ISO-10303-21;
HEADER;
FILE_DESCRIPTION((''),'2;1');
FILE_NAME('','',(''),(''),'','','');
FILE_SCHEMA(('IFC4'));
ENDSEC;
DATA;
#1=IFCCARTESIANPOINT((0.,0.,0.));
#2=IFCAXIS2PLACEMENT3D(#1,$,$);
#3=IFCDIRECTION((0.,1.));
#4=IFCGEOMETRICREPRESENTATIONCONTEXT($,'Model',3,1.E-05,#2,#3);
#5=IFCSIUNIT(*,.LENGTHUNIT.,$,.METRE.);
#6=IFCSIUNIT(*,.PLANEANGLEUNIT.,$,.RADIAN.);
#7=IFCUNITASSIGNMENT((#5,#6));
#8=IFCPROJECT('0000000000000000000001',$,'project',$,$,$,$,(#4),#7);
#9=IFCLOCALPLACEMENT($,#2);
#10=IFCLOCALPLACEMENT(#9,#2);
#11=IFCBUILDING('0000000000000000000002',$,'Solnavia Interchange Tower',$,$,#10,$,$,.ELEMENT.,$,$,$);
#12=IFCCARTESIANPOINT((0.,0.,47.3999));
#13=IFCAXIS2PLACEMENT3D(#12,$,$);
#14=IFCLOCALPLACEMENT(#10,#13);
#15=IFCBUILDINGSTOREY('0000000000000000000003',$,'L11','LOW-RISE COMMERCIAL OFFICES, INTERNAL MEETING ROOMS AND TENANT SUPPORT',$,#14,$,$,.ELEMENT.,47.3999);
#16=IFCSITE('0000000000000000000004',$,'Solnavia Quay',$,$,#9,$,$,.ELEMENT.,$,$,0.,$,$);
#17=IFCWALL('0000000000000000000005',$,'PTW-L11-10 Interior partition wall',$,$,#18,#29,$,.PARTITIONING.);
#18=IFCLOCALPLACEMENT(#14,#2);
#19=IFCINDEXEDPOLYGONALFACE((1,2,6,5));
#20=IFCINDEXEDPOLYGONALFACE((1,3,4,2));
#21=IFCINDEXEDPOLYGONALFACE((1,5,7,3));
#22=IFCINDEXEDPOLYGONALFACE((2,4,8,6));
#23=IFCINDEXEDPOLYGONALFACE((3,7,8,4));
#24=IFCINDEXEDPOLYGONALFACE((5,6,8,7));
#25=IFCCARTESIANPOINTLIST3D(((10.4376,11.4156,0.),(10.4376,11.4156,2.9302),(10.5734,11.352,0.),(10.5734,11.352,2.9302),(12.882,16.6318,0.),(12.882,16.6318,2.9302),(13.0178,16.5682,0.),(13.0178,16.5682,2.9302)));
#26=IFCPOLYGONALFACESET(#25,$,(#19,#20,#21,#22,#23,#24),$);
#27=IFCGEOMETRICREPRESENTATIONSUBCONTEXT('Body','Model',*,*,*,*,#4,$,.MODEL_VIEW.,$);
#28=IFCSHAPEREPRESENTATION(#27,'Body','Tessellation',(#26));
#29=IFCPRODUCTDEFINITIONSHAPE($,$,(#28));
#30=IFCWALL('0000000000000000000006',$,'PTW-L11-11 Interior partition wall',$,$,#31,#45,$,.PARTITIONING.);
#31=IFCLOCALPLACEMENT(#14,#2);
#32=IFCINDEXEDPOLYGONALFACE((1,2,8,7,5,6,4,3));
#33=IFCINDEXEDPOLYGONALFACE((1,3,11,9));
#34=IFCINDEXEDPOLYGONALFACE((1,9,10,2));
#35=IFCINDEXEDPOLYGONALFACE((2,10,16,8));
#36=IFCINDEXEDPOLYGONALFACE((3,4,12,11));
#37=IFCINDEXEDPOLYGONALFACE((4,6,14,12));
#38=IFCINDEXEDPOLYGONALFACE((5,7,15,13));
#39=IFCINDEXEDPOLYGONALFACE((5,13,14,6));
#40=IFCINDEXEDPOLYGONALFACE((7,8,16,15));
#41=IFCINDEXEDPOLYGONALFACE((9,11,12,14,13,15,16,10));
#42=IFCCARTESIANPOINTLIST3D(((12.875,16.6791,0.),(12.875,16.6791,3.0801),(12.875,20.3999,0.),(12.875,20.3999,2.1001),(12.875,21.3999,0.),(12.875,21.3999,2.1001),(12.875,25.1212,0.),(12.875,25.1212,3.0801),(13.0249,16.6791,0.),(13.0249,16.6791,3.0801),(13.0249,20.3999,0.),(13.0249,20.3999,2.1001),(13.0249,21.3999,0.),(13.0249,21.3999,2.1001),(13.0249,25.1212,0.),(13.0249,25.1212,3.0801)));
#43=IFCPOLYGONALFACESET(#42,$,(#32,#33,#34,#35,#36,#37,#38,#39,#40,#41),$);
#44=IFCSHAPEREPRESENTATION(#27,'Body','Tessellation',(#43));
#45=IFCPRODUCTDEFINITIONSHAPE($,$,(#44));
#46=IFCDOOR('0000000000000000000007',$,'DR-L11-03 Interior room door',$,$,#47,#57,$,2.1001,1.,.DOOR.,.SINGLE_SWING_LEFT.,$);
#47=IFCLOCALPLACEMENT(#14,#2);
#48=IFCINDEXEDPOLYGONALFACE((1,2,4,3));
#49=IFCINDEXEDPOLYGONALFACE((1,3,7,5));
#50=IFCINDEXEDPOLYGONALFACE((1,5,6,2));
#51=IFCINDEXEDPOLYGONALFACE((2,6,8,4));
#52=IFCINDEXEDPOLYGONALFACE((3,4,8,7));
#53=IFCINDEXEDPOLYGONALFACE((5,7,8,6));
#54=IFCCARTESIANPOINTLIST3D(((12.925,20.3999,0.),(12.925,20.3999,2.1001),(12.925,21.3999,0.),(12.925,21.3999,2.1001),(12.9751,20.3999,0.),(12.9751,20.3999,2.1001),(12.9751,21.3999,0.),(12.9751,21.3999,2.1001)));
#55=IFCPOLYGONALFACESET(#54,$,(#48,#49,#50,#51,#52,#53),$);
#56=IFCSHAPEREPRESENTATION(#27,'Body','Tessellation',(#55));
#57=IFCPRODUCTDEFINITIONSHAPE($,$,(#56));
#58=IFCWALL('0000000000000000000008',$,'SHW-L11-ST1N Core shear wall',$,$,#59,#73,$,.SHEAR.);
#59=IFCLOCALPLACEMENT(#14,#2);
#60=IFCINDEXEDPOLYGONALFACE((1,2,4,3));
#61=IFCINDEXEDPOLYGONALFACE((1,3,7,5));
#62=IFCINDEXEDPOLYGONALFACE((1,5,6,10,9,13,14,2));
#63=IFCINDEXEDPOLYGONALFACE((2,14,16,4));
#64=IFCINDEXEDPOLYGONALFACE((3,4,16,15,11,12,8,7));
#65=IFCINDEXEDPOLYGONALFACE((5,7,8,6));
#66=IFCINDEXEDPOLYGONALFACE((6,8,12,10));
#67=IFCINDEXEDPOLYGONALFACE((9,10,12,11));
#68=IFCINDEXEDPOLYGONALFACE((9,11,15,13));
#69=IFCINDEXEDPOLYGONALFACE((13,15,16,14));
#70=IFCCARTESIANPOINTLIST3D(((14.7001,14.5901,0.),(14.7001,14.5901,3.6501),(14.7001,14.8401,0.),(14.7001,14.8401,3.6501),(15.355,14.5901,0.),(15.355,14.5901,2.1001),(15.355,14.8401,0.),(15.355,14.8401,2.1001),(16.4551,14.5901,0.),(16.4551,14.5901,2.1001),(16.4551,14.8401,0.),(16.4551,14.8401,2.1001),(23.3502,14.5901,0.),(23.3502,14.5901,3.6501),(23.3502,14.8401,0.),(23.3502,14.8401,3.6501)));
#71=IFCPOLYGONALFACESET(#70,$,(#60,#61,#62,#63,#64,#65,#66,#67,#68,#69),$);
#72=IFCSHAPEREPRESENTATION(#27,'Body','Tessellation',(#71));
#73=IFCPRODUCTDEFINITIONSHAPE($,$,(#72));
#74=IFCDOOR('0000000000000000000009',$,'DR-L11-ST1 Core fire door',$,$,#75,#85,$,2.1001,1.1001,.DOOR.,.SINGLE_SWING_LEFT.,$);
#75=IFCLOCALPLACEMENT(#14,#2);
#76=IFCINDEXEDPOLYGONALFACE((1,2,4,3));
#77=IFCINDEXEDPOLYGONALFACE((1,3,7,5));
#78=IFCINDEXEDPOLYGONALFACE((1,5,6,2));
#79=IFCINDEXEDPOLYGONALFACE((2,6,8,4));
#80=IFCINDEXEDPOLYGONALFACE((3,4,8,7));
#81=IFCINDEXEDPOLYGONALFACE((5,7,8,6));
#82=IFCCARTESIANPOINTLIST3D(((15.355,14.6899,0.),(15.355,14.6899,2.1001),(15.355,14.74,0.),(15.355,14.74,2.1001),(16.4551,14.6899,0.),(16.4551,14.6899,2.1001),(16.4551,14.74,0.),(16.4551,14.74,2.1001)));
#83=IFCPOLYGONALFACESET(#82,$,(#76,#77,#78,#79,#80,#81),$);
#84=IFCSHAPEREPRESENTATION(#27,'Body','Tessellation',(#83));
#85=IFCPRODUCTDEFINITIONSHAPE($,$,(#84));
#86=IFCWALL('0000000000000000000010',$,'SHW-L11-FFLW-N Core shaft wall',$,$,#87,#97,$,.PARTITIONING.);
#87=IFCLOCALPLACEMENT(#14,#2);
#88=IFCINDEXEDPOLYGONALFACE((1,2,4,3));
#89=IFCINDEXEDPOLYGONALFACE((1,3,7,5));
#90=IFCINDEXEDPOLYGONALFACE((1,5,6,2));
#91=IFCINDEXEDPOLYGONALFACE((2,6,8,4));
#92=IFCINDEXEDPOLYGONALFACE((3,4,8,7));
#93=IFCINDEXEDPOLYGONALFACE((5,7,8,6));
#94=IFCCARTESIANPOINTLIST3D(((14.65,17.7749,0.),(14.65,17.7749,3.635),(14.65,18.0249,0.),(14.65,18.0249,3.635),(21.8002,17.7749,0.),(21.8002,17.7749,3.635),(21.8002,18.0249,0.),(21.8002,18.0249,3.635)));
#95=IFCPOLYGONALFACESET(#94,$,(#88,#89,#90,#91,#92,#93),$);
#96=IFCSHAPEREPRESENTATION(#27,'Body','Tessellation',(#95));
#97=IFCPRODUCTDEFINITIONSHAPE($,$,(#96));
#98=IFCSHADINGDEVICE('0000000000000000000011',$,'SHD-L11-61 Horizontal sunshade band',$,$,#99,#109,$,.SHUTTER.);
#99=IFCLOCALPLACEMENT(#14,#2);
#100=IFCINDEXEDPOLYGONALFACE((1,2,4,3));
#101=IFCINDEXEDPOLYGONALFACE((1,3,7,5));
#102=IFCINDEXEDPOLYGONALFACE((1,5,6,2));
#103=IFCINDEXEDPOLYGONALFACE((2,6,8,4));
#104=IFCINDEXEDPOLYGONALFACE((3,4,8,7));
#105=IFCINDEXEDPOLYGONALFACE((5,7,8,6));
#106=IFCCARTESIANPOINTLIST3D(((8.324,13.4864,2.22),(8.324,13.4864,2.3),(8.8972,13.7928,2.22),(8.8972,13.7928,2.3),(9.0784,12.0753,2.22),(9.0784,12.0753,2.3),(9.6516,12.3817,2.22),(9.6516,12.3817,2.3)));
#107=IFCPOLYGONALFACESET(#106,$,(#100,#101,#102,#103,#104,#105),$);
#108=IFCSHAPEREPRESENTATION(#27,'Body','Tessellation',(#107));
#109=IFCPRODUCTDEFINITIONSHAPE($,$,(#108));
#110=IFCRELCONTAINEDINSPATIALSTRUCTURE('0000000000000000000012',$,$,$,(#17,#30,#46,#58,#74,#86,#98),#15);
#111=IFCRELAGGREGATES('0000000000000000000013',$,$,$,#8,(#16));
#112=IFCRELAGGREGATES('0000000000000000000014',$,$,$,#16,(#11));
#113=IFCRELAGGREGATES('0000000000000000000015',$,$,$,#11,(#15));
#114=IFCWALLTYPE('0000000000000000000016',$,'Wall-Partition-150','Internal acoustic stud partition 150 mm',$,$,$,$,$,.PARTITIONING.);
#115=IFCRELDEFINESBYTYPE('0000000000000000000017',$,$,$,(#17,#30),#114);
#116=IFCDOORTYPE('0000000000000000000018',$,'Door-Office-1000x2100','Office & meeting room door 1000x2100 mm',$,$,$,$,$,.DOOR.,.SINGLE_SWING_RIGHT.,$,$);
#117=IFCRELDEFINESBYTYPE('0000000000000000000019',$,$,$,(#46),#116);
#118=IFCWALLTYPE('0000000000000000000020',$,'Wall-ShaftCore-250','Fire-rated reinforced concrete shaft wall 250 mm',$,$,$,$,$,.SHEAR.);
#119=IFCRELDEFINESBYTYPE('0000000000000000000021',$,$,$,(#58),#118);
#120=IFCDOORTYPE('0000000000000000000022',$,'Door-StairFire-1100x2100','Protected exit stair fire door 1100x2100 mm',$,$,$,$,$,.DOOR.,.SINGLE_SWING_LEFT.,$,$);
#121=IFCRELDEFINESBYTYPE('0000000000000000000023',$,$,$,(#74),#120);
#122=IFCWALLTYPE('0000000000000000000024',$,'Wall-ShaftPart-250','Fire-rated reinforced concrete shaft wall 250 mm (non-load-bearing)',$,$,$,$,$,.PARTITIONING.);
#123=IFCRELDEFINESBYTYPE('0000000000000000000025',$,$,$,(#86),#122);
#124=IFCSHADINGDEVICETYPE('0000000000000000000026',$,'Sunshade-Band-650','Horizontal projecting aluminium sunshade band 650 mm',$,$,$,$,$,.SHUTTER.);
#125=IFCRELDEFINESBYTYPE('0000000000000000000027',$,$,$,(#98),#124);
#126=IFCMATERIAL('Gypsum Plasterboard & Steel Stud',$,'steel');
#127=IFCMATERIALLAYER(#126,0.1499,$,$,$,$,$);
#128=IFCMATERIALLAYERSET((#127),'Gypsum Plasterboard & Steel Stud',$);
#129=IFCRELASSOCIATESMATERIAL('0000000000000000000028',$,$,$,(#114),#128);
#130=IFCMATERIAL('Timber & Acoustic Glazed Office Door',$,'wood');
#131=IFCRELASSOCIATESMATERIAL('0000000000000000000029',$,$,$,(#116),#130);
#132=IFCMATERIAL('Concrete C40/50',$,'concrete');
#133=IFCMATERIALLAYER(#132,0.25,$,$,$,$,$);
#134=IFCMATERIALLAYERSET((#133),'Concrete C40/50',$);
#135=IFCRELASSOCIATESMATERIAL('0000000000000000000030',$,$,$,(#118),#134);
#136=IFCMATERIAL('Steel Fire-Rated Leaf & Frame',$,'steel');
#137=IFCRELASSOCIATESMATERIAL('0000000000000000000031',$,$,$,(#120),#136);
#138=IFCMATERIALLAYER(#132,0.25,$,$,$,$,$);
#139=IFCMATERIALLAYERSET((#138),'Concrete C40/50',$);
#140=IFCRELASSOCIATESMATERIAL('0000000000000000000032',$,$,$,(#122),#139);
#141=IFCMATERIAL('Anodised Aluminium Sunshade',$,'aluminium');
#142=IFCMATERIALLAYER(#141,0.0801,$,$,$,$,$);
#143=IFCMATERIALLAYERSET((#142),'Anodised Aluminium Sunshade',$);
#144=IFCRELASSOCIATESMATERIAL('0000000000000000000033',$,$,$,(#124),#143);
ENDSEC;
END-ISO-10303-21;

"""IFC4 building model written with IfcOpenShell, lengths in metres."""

from ifc_helpers import new_model, si_unit, direction, frame, frame_2d, origin, origin_2d, place, context, subcontext, project, spatial, rectangle, extrude, material, layer, layer_set, type_object, element, fill, save


model = new_model("IFC4")

# Units and contexts
model_context = context("Model", 3, precision=1e-05, world=origin(), true_north=direction((0.0, 1.0)))
body_context = subcontext(model_context, "Body", "Model", "MODEL_VIEW")
ifc_project = project(units=[si_unit("LENGTHUNIT", "METRE"), si_unit("PLANEANGLEUNIT", "RADIAN")], contexts=[model_context])

# Site, building, storey
site_placement = place(None, origin())
site = spatial("IfcSite", under=ifc_project, at=site_placement, Name="Solnavia Quay", CompositionType="ELEMENT", RefElevation=0.0)
building_placement = place(site_placement, origin())
building = spatial("IfcBuilding", under=site, at=building_placement, Name="Solnavia Interchange Tower", CompositionType="ELEMENT")
storey_placement = place(building_placement, frame((0.0, 0.0, 47.3999)))
storey = spatial("IfcBuildingStorey", under=building, at=storey_placement, Name="L11", Description="LOW-RISE COMMERCIAL OFFICES, INTERNAL MEETING ROOMS AND TENANT SUPPORT", CompositionType="ELEMENT", Elevation=47.3999)

# Shared definitions
ifc_material_1 = material(Name="Concrete C40/50", Category="concrete")

# Wall
ifc_material_2 = material(Name="Gypsum Plasterboard & Steel Stud", Category="steel")
ifc_layer_1 = layer(ifc_material_2, 0.1499)
ifc_layer_set_1 = layer_set([ifc_layer_1], Name="Gypsum Plasterboard & Steel Stud")
wall_type_1 = type_object("IfcWallType", Name="Wall-Partition-150", Description="Internal acoustic stud partition 150 mm", PredefinedType="PARTITIONING", material=ifc_layer_set_1)
wall_1_placement = place(storey_placement, frame((12.95, 16.6001, 0.0), z_axis=(0.0, 0.0, 1.0), x_axis=(-0.424335, -0.905505, 0.0)))
element("IfcWall", 1, at=wall_1_placement, inside=storey, type_object=wall_type_1, Name="PTW-L11-10 Interior partition wall", PredefinedType="PARTITIONING", context=body_context, shape_type="SweptSolid", body=[
    extrude(rectangle(XDim=5.7605, YDim=0.1499, at=frame_2d((2.8804, 0.0))), origin(), (0.0, 0.0, 1.0), 2.9302),
])

# Walls, openings, doors
wall_2_placement = place(storey_placement, frame((12.95, 16.679, 0.0), z_axis=(0.0, 0.0, 1.0), x_axis=(0.0, 1.0, 0.0)))
wall_2 = element("IfcWall", 2, at=wall_2_placement, inside=storey, type_object=wall_type_1, Name="PTW-L11-11 Interior partition wall", PredefinedType="PARTITIONING", context=body_context, shape_type="SweptSolid", body=[
    extrude(rectangle(XDim=8.4421, YDim=0.1499, at=frame_2d((4.2212, 0.0))), origin(), (0.0, 0.0, 1.0), 3.0801),
])
opening_1_placement = place(wall_2_placement, frame((3.7209, 0.0, 0.0)))
opening_1 = element("IfcOpeningElement", 3, at=opening_1_placement, cuts=wall_2, PredefinedType="OPENING", context=body_context, shape_type="SweptSolid", body=[
    extrude(rectangle(XDim=1.0, YDim=2.1001, at=frame_2d((0.5, 1.05))), frame((0.0, 0.085, 0.0), z_axis=(0.0, -1.0, 0.0), x_axis=(1.0, 0.0, 0.0)), (0.0, 0.0, 1.0), 0.1699),
])
ifc_material_3 = material(Name="Timber & Acoustic Glazed Office Door", Category="wood")
door_type_1 = type_object("IfcDoorType", Name="Door-Office-1000x2100", Description="Office & meeting room door 1000x2100 mm", OperationType="SINGLE_SWING_RIGHT", PredefinedType="DOOR", material=ifc_material_3)
door_1_placement = place(opening_1_placement, origin())
door_1 = element("IfcDoor", 4, at=door_1_placement, inside=storey, type_object=door_type_1, Name="DR-L11-03 Interior room door", OperationType="SINGLE_SWING_LEFT", OverallHeight=2.1001, OverallWidth=1.0, PredefinedType="DOOR", context=body_context, shape_type="SweptSolid", body=[
    extrude(rectangle(XDim=1.0, YDim=2.1001, at=frame_2d((0.5, 1.05))), frame((0.0, 0.0249, 0.0), z_axis=(0.0, -1.0, 0.0), x_axis=(1.0, 0.0, 0.0)), (0.0, 0.0, 1.0), 0.05),
])
fill(opening_1, door_1)
ifc_layer_2 = layer(ifc_material_1, 0.25)
ifc_layer_set_2 = layer_set([ifc_layer_2], Name="Concrete C40/50")
wall_type_2 = type_object("IfcWallType", Name="Wall-ShaftCore-250", Description="Fire-rated reinforced concrete shaft wall 250 mm", PredefinedType="SHEAR", material=ifc_layer_set_2)
wall_3_placement = place(storey_placement, frame((14.7, 14.7151, 0.0), z_axis=(0.0, 0.0, 1.0), x_axis=(1.0, 0.0, 0.0)))
wall_3 = element("IfcWall", 5, at=wall_3_placement, inside=storey, type_object=wall_type_2, Name="SHW-L11-ST1N Core shear wall", PredefinedType="SHEAR", context=body_context, shape_type="SweptSolid", body=[
    extrude(rectangle(XDim=8.6501, YDim=0.25, at=frame_2d((4.3252, 0.0))), origin(), (0.0, 0.0, 1.0), 3.6501),
])
opening_2_placement = place(wall_3_placement, frame((0.655, 0.0, 0.0)))
opening_2 = element("IfcOpeningElement", 6, at=opening_2_placement, cuts=wall_3, PredefinedType="OPENING", context=body_context, shape_type="SweptSolid", body=[
    extrude(rectangle(XDim=1.1001, YDim=2.1001, at=frame_2d((0.55, 1.05))), frame((0.0, 0.135, 0.0), z_axis=(0.0, -1.0, 0.0), x_axis=(1.0, 0.0, 0.0)), (0.0, 0.0, 1.0), 0.27),
])
ifc_material_4 = material(Name="Steel Fire-Rated Leaf & Frame", Category="steel")
door_type_2 = type_object("IfcDoorType", Name="Door-StairFire-1100x2100", Description="Protected exit stair fire door 1100x2100 mm", OperationType="SINGLE_SWING_LEFT", PredefinedType="DOOR", material=ifc_material_4)
door_2_placement = place(opening_2_placement, origin())
door_2 = element("IfcDoor", 7, at=door_2_placement, inside=storey, type_object=door_type_2, Name="DR-L11-ST1 Core fire door", OperationType="SINGLE_SWING_LEFT", OverallHeight=2.1001, OverallWidth=1.1001, PredefinedType="DOOR", context=body_context, shape_type="SweptSolid", body=[
    extrude(rectangle(XDim=1.1001, YDim=2.1001, at=frame_2d((0.55, 1.05))), frame((0.0, 0.0249, 0.0), z_axis=(0.0, -1.0, 0.0), x_axis=(1.0, 0.0, 0.0)), (0.0, 0.0, 1.0), 0.05),
])
fill(opening_2, door_2)

# Wall
ifc_layer_3 = layer(ifc_material_1, 0.25)
ifc_layer_set_3 = layer_set([ifc_layer_3], Name="Concrete C40/50")
wall_type_3 = type_object("IfcWallType", Name="Wall-ShaftPart-250", Description="Fire-rated reinforced concrete shaft wall 250 mm (non-load-bearing)", PredefinedType="PARTITIONING", material=ifc_layer_set_3)
wall_4_placement = place(storey_placement, frame((14.6499, 17.8999, 0.0), z_axis=(0.0, 0.0, 1.0), x_axis=(1.0, 0.0, 0.0)))
element("IfcWall", 8, at=wall_4_placement, inside=storey, type_object=wall_type_3, Name="SHW-L11-FFLW-N Core shaft wall", PredefinedType="PARTITIONING", context=body_context, shape_type="SweptSolid", body=[
    extrude(rectangle(XDim=7.1501, YDim=0.25, at=frame_2d((3.5752, 0.0))), origin(), (0.0, 0.0, 1.0), 3.635),
])

# Shading device
ifc_material_5 = material(Name="Anodised Aluminium Sunshade", Category="aluminium")
ifc_layer_4 = layer(ifc_material_5, 0.0801)
ifc_layer_set_4 = layer_set([ifc_layer_4], Name="Anodised Aluminium Sunshade")
shading_device_type = type_object("IfcShadingDeviceType", Name="Sunshade-Band-650", Description="Horizontal projecting aluminium sunshade band 650 mm", PredefinedType="SHUTTER", material=ifc_layer_set_4)
shading_device_placement = place(storey_placement, frame((8.9878, 12.9341, 2.22), z_axis=(0.0, 0.0, 1.0), x_axis=(-0.471474, 0.88188, 0.0)))
element("IfcShadingDevice", 9, at=shading_device_placement, inside=storey, type_object=shading_device_type, Name="SHD-L11-61 Horizontal sunshade band", PredefinedType="SHUTTER", context=body_context, shape_type="SweptSolid", body=[
    extrude(rectangle(XDim=1.6001, YDim=0.6499, at=origin_2d()), origin(), (0.0, 0.0, 1.0), 0.0801),
])

save(model, "model.ifc")
